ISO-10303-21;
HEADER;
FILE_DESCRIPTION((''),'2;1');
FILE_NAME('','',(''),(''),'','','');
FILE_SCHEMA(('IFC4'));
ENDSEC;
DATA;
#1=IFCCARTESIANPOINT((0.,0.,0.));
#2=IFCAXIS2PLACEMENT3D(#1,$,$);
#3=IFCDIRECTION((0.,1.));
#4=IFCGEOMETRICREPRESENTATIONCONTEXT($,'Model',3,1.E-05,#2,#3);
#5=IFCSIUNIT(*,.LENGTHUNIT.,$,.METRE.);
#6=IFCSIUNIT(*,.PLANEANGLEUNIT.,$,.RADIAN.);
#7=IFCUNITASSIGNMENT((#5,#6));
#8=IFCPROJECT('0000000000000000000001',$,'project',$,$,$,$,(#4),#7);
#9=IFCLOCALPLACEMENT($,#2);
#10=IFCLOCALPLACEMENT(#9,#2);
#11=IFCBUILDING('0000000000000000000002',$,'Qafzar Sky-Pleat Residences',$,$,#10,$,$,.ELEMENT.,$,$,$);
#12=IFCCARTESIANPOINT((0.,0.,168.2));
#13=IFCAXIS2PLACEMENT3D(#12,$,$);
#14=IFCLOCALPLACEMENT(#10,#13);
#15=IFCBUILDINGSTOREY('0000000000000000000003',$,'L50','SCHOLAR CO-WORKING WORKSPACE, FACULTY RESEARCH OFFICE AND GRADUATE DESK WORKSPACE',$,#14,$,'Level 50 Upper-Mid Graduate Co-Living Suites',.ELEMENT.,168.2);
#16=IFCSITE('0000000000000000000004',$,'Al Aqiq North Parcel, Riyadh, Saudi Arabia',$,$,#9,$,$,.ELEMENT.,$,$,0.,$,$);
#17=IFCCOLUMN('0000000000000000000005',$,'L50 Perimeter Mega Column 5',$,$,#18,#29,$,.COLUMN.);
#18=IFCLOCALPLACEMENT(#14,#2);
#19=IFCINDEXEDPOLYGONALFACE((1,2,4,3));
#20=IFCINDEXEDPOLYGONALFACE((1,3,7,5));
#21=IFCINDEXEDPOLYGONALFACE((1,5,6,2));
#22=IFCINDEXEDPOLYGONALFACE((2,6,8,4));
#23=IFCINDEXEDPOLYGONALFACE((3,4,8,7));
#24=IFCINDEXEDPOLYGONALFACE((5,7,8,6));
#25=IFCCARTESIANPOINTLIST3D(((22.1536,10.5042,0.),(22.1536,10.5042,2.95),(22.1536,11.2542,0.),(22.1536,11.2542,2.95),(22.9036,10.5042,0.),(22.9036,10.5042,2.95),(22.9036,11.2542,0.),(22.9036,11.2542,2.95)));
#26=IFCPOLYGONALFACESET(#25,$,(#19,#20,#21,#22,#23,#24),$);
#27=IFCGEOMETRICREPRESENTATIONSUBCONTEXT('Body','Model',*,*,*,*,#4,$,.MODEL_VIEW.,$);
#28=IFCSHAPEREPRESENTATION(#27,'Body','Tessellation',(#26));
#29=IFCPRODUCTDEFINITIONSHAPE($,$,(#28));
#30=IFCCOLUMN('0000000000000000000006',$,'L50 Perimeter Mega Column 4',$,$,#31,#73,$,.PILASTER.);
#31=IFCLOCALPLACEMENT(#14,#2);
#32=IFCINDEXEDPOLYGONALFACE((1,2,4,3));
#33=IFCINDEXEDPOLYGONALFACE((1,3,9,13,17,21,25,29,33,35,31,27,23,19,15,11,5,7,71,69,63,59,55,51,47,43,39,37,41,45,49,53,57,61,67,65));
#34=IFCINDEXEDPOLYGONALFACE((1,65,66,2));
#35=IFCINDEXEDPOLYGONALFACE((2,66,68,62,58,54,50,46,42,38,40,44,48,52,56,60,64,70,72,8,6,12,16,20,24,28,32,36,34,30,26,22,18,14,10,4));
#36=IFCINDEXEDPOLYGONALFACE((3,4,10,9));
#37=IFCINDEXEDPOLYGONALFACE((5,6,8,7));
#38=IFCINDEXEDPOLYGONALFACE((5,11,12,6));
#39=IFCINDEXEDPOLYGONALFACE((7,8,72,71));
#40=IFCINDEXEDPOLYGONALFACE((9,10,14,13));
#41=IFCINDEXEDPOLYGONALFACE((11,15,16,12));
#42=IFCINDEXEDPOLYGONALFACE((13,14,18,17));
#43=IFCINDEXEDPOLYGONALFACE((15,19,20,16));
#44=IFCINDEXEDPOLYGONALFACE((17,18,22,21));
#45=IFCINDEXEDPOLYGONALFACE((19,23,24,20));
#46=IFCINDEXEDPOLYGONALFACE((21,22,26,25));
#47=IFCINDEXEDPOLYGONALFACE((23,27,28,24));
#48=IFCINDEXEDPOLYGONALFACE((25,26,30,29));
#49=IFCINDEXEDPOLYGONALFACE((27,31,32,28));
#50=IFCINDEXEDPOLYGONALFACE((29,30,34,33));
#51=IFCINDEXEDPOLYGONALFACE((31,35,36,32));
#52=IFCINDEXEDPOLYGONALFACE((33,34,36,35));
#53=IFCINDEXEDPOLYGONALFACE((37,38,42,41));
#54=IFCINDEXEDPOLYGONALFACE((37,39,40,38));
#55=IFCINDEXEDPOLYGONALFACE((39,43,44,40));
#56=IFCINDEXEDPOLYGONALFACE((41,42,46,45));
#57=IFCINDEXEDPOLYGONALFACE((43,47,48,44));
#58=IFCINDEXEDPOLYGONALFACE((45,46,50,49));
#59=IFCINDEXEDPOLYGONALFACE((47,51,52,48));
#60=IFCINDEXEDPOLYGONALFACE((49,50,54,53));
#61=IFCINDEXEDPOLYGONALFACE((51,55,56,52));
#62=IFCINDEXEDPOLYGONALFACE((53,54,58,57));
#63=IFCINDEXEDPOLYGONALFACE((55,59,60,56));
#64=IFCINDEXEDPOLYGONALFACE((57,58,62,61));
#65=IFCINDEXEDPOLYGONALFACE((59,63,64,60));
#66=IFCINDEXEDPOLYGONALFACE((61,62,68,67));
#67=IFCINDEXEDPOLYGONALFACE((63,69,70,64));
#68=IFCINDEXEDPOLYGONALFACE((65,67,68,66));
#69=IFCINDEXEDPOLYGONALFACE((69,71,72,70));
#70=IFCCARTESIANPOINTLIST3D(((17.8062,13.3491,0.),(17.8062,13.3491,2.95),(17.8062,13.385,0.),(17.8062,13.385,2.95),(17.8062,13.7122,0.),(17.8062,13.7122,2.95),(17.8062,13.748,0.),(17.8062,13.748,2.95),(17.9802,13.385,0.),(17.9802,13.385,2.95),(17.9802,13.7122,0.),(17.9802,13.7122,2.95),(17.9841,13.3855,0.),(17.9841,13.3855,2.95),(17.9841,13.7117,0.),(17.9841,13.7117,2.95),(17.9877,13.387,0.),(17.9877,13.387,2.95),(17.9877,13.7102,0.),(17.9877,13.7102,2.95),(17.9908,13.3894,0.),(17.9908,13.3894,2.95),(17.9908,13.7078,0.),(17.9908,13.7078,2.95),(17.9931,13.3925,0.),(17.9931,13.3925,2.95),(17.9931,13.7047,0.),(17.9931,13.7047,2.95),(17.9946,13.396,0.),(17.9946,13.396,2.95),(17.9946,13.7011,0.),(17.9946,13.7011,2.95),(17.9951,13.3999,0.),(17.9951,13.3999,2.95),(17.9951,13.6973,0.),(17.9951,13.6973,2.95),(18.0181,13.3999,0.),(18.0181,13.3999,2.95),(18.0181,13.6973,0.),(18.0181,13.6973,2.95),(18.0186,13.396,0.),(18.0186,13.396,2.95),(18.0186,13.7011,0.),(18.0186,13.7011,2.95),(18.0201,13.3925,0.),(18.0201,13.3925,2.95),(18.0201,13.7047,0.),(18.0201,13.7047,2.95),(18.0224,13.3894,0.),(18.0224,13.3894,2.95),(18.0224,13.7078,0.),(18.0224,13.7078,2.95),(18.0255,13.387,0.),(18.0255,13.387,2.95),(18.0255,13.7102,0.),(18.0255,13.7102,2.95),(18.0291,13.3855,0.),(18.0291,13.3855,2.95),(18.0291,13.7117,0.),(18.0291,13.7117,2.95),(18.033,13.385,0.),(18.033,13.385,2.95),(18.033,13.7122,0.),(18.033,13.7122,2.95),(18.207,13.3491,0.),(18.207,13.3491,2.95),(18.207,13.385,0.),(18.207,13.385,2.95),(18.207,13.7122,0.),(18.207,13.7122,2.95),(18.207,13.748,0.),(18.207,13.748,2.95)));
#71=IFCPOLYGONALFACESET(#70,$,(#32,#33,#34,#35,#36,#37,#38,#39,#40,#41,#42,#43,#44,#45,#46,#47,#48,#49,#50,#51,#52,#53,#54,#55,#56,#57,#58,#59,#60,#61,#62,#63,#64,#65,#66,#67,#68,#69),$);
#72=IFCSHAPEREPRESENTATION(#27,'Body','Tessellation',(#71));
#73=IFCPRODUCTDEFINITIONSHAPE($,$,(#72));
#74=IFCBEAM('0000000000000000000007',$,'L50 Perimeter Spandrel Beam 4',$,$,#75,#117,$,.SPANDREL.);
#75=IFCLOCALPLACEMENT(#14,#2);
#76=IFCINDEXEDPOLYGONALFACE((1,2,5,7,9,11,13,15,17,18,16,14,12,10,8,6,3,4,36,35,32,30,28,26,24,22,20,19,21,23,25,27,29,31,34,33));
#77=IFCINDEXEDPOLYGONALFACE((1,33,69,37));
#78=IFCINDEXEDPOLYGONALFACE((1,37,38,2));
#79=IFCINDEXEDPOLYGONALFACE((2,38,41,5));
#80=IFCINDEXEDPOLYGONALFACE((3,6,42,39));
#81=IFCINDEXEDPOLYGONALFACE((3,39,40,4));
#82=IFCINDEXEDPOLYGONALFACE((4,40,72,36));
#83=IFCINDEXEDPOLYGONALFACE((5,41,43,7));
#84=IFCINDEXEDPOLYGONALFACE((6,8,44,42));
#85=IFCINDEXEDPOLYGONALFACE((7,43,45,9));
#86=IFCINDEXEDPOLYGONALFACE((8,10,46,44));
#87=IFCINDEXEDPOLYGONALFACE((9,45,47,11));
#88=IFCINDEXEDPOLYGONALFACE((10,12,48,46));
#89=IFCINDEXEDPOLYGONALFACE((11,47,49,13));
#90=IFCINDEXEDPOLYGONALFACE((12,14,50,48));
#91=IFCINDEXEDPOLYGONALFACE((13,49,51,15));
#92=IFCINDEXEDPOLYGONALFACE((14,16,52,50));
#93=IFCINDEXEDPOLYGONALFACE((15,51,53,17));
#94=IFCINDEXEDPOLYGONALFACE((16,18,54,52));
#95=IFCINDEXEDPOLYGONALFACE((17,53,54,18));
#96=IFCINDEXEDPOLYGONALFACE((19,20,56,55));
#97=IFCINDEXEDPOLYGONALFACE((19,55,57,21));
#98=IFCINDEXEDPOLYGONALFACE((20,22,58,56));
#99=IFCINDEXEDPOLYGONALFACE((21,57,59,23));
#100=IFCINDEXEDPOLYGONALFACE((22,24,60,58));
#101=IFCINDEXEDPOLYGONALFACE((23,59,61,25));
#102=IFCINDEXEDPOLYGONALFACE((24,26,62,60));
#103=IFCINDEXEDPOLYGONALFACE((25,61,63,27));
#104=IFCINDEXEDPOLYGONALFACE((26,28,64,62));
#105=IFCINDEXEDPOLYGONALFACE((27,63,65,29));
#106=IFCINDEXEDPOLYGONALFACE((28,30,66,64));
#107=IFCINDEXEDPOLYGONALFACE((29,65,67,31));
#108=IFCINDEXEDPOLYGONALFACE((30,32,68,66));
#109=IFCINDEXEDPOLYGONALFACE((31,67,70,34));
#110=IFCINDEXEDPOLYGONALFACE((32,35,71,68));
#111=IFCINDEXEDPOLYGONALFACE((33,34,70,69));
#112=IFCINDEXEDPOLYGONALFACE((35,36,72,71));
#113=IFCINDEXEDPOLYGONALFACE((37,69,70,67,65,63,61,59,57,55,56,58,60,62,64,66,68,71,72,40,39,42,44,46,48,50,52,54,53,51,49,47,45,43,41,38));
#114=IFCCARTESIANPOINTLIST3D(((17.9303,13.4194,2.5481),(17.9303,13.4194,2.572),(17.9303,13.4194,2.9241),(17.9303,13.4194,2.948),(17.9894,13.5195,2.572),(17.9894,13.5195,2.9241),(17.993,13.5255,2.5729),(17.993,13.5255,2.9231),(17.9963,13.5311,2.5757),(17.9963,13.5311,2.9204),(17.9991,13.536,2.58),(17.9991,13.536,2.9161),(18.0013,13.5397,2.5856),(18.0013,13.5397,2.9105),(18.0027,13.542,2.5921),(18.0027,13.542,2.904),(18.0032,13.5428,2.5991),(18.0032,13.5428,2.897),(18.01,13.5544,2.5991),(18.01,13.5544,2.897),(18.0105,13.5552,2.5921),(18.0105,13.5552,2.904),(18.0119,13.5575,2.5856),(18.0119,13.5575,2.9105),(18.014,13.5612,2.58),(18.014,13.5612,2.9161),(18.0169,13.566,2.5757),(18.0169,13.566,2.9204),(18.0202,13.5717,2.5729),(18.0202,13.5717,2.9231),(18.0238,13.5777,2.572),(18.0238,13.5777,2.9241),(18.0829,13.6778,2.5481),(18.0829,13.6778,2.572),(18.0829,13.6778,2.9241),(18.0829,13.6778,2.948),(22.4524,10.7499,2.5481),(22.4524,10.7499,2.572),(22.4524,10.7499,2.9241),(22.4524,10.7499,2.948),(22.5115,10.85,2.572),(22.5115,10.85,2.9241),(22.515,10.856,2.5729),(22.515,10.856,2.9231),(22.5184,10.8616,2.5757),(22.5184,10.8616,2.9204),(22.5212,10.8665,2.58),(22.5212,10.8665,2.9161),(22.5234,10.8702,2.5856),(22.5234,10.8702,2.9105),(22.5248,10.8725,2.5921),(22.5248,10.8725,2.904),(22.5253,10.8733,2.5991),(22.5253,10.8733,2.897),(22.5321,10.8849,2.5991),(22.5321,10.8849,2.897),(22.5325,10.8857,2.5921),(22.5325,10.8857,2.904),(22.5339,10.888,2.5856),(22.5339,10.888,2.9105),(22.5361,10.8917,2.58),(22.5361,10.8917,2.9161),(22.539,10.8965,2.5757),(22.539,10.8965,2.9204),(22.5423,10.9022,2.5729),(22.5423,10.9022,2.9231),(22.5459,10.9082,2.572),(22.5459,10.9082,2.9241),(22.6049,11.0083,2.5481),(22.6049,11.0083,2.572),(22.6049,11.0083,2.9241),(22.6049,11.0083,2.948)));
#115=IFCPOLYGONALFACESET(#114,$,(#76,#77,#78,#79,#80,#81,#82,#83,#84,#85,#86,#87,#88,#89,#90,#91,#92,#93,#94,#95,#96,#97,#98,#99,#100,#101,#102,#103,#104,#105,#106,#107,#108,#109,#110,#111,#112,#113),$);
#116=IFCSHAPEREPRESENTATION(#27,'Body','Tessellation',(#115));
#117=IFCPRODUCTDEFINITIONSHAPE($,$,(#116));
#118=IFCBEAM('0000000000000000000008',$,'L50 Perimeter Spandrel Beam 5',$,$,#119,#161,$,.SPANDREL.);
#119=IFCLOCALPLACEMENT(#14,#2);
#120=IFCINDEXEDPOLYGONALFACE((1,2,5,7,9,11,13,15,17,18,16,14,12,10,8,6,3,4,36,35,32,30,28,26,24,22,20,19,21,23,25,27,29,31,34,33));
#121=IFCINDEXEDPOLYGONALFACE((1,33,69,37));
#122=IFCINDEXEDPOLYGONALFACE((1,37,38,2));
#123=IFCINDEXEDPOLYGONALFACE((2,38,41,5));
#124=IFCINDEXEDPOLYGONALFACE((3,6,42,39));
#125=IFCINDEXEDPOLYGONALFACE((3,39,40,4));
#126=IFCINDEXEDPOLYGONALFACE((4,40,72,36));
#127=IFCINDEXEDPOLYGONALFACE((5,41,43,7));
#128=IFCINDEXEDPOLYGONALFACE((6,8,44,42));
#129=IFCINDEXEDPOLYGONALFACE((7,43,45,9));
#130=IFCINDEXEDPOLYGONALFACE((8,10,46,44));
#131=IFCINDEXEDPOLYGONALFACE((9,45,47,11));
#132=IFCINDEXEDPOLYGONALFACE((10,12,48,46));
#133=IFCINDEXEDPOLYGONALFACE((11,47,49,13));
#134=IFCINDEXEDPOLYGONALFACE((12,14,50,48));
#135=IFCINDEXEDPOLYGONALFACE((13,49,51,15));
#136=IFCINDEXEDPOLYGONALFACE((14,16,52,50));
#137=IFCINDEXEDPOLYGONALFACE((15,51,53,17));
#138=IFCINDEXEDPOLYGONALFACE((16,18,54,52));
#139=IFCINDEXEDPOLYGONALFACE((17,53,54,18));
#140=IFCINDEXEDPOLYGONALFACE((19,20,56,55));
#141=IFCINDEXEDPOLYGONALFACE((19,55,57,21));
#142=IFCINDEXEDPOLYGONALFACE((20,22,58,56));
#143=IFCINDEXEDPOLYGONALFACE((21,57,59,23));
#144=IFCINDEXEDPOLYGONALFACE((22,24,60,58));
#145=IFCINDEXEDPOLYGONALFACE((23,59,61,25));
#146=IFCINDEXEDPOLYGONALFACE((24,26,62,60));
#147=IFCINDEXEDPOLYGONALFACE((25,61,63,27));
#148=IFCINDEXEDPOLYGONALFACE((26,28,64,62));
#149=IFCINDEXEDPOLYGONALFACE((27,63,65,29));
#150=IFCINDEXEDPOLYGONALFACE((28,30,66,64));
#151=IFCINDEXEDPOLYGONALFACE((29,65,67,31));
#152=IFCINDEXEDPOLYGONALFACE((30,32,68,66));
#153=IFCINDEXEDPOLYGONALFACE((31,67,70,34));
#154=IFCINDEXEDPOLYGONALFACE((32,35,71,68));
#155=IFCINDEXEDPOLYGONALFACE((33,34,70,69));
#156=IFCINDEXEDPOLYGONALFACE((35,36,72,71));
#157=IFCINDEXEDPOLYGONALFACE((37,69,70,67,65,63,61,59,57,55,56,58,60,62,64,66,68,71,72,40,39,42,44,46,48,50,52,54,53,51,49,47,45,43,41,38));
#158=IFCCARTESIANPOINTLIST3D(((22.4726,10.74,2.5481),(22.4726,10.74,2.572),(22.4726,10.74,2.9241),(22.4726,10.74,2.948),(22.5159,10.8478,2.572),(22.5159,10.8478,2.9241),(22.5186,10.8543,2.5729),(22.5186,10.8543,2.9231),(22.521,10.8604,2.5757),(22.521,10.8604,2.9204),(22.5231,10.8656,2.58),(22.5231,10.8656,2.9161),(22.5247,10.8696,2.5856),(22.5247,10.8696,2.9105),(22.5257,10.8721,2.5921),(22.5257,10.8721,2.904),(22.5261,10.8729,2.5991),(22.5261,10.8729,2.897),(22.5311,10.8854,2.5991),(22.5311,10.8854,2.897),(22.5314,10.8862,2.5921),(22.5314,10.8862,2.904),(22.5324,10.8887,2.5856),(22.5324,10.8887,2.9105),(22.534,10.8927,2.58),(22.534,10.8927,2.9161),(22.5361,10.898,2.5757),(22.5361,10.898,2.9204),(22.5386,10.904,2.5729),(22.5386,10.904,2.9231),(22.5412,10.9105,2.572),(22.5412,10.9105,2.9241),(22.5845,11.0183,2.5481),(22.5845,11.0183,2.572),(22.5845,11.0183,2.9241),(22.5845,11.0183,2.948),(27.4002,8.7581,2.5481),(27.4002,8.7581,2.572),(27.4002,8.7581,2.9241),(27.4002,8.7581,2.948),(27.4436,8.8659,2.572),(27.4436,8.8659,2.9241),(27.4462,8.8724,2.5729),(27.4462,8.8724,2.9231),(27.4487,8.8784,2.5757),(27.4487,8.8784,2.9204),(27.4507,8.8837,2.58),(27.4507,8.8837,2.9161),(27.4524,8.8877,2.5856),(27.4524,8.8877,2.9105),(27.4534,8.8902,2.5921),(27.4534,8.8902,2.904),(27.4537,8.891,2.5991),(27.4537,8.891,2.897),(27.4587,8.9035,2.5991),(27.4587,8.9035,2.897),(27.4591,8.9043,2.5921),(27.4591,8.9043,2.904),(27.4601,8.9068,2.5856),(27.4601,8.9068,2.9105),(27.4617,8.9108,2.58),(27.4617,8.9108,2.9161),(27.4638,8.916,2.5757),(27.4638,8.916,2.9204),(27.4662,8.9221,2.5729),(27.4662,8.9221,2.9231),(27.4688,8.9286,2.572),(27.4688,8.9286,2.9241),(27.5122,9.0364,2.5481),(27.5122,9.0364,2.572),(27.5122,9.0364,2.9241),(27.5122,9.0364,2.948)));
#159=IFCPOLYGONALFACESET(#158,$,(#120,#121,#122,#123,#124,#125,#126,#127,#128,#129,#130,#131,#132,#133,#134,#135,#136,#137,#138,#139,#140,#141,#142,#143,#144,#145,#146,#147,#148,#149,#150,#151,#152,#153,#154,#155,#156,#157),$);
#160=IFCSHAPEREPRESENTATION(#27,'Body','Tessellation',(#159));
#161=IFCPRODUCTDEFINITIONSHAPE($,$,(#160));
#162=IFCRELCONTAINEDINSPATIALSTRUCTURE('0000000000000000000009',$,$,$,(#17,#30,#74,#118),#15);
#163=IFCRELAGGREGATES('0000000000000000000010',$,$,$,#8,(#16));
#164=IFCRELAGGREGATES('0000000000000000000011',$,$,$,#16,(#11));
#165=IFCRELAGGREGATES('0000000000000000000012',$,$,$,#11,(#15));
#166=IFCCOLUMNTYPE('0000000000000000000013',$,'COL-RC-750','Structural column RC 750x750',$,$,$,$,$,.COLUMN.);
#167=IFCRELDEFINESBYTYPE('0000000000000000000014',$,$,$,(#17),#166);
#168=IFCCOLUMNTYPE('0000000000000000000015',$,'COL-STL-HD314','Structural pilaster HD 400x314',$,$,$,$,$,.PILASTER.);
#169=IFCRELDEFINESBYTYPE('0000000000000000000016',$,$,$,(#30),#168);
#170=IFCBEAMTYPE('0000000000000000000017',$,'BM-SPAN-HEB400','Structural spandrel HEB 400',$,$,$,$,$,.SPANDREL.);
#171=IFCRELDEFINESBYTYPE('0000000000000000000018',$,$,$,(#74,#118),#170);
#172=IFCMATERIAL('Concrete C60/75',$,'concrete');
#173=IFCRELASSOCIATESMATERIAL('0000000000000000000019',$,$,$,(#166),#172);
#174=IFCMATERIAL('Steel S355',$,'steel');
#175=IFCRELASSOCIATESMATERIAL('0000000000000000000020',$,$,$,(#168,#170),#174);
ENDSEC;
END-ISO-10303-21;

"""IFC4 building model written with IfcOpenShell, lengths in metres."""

from ifc_helpers import new_model, si_unit, direction, frame, origin, origin_2d, place, context, subcontext, project, spatial, rectangle, i_section, extrude, source, transform, mapped, material, material_profile, profile_set, type_object, element, save


model = new_model("IFC4")

# Units and contexts
model_context = context("Model", 3, precision=1e-05, world=origin(), true_north=direction((0.0, 1.0)))
body_context = subcontext(model_context, "Body", "Model", "MODEL_VIEW")
ifc_project = project(units=[si_unit("LENGTHUNIT", "METRE"), si_unit("PLANEANGLEUNIT", "RADIAN")], contexts=[model_context])

# Site, building, storey
site_placement = place(None, origin())
site = spatial("IfcSite", under=ifc_project, at=site_placement, Name="Al Aqiq North Parcel, Riyadh, Saudi Arabia", CompositionType="ELEMENT", RefElevation=0.0)
building_placement = place(site_placement, origin())
building = spatial("IfcBuilding", under=site, at=building_placement, Name="Qafzar Sky-Pleat Residences", CompositionType="ELEMENT")
storey_placement = place(building_placement, frame((0.0, 0.0, 168.2)))
storey = spatial("IfcBuildingStorey", under=building, at=storey_placement, Name="L50", Description="SCHOLAR CO-WORKING WORKSPACE, FACULTY RESEARCH OFFICE AND GRADUATE DESK WORKSPACE", LongName="Level 50 Upper-Mid Graduate Co-Living Suites", CompositionType="ELEMENT", Elevation=168.2)

# Columns
ifc_material_1 = material(Name="Concrete C60/75", Category="concrete")
ifc_material_profile_1 = material_profile(ifc_material_1, rectangle(XDim=0.75, YDim=0.75, at=origin_2d()), Name="RC 750x750")
ifc_profile_set_1 = profile_set([ifc_material_profile_1], Name="Concrete C60/75")
column_type_1 = type_object("IfcColumnType", Name="COL-RC-750", Description="Structural column RC 750x750", PredefinedType="COLUMN", material=ifc_profile_set_1)
shared_shape_1 = source(origin(), body_context, "Body", "SweptSolid", [
    extrude(rectangle(XDim=0.75, YDim=0.75, at=origin_2d()), origin(), (0.0, 0.0, 1.0), 2.95),
])
column_1_placement = place(storey_placement, frame((22.5286, 10.8792, 0.0), z_axis=(0.0, 0.0, 1.0), x_axis=(1.0, 0.0, 0.0)))
element("IfcColumn", 1, at=column_1_placement, inside=storey, type_object=column_type_1, Name="L50 Perimeter Mega Column 5", PredefinedType="COLUMN", context=body_context, shape_type="MappedRepresentation", body=[
    mapped(shared_shape_1, transform((0.0, 0.0, 0.0), x_axis=(1.0, 0.0, 0.0), y_axis=(0.0, 1.0, 0.0), z_axis=(0.0, 0.0, 1.0), scale=1.0)),
])
ifc_material_2 = material(Name="Steel S355", Category="steel")
ifc_material_profile_2 = material_profile(ifc_material_2, i_section(OverallWidth=0.4009, OverallDepth=0.3989, WebThickness=0.0229, FlangeThickness=0.0359, FilletRadius=0.0149, at=origin_2d()), Name="HD 400x314")
ifc_profile_set_2 = profile_set([ifc_material_profile_2], Name="Steel S355")
column_type_2 = type_object("IfcColumnType", Name="COL-STL-HD314", Description="Structural pilaster HD 400x314", PredefinedType="PILASTER", material=ifc_profile_set_2)
shared_shape_2 = source(origin(), body_context, "Body", "SweptSolid", [
    extrude(i_section(OverallWidth=0.4009, OverallDepth=0.3989, WebThickness=0.0229, FlangeThickness=0.0359, FilletRadius=0.0149, at=origin_2d()), origin(), (0.0, 0.0, 1.0), 2.95),
])
column_2_placement = place(storey_placement, frame((18.0066, 13.5486, 0.0), z_axis=(0.0, 0.0, 1.0), x_axis=(1.0, 0.0, 0.0)))
element("IfcColumn", 2, at=column_2_placement, inside=storey, type_object=column_type_2, Name="L50 Perimeter Mega Column 4", PredefinedType="PILASTER", context=body_context, shape_type="MappedRepresentation", body=[
    mapped(shared_shape_2, transform((0.0, 0.0, 0.0), x_axis=(1.0, 0.0, 0.0), y_axis=(0.0, 1.0, 0.0), z_axis=(0.0, 0.0, 1.0), scale=1.0)),
])

# Beams
ifc_material_profile_3 = material_profile(ifc_material_2, i_section(OverallWidth=0.3, OverallDepth=0.3999, WebThickness=0.0134, FlangeThickness=0.0239, FilletRadius=0.0271, at=origin_2d()), Name="HEB 400")
ifc_profile_set_3 = profile_set([ifc_material_profile_3], Name="Steel S355")
beam_type_1 = type_object("IfcBeamType", Name="BM-SPAN-HEB400", Description="Structural spandrel HEB 400", PredefinedType="SPANDREL", material=ifc_profile_set_3)
shared_shape_3 = source(origin(), body_context, "Body", "SweptSolid", [
    extrude(i_section(OverallWidth=0.3, OverallDepth=0.3999, WebThickness=0.0134, FlangeThickness=0.0239, FilletRadius=0.0271, at=origin_2d()), origin(), (0.0, 0.0, 1.0), 5.2512),
])
beam_1_placement = place(storey_placement, frame((18.0066, 13.5486, 2.748), z_axis=(0.861147, -0.508356, 0.0), x_axis=(0.508356, 0.861147, 0.0)))
element("IfcBeam", 3, at=beam_1_placement, inside=storey, type_object=beam_type_1, Name="L50 Perimeter Spandrel Beam 4", PredefinedType="SPANDREL", context=body_context, shape_type="MappedRepresentation", body=[
    mapped(shared_shape_3, transform((0.0, 0.0, 0.0), x_axis=(1.0, 0.0, 0.0), y_axis=(0.0, 1.0, 0.0), z_axis=(0.0, 0.0, 1.0), scale=1.0)),
])
shared_shape_4 = source(origin(), body_context, "Body", "SweptSolid", [
    extrude(i_section(OverallWidth=0.3, OverallDepth=0.3999, WebThickness=0.0134, FlangeThickness=0.0239, FilletRadius=0.0271, at=origin_2d()), origin(), (0.0, 0.0, 1.0), 5.3113),
])
beam_2_placement = place(storey_placement, frame((22.5286, 10.8792, 2.748), z_axis=(0.927771, -0.373149, 0.0), x_axis=(0.373149, 0.927771, 0.0)))
element("IfcBeam", 4, at=beam_2_placement, inside=storey, type_object=beam_type_1, Name="L50 Perimeter Spandrel Beam 5", PredefinedType="SPANDREL", context=body_context, shape_type="MappedRepresentation", body=[
    mapped(shared_shape_4, transform((0.0, 0.0, 0.0), x_axis=(1.0, 0.0, 0.0), y_axis=(0.0, 1.0, 0.0), z_axis=(0.0, 0.0, 1.0), scale=1.0)),
])

save(model, "model.ifc")
